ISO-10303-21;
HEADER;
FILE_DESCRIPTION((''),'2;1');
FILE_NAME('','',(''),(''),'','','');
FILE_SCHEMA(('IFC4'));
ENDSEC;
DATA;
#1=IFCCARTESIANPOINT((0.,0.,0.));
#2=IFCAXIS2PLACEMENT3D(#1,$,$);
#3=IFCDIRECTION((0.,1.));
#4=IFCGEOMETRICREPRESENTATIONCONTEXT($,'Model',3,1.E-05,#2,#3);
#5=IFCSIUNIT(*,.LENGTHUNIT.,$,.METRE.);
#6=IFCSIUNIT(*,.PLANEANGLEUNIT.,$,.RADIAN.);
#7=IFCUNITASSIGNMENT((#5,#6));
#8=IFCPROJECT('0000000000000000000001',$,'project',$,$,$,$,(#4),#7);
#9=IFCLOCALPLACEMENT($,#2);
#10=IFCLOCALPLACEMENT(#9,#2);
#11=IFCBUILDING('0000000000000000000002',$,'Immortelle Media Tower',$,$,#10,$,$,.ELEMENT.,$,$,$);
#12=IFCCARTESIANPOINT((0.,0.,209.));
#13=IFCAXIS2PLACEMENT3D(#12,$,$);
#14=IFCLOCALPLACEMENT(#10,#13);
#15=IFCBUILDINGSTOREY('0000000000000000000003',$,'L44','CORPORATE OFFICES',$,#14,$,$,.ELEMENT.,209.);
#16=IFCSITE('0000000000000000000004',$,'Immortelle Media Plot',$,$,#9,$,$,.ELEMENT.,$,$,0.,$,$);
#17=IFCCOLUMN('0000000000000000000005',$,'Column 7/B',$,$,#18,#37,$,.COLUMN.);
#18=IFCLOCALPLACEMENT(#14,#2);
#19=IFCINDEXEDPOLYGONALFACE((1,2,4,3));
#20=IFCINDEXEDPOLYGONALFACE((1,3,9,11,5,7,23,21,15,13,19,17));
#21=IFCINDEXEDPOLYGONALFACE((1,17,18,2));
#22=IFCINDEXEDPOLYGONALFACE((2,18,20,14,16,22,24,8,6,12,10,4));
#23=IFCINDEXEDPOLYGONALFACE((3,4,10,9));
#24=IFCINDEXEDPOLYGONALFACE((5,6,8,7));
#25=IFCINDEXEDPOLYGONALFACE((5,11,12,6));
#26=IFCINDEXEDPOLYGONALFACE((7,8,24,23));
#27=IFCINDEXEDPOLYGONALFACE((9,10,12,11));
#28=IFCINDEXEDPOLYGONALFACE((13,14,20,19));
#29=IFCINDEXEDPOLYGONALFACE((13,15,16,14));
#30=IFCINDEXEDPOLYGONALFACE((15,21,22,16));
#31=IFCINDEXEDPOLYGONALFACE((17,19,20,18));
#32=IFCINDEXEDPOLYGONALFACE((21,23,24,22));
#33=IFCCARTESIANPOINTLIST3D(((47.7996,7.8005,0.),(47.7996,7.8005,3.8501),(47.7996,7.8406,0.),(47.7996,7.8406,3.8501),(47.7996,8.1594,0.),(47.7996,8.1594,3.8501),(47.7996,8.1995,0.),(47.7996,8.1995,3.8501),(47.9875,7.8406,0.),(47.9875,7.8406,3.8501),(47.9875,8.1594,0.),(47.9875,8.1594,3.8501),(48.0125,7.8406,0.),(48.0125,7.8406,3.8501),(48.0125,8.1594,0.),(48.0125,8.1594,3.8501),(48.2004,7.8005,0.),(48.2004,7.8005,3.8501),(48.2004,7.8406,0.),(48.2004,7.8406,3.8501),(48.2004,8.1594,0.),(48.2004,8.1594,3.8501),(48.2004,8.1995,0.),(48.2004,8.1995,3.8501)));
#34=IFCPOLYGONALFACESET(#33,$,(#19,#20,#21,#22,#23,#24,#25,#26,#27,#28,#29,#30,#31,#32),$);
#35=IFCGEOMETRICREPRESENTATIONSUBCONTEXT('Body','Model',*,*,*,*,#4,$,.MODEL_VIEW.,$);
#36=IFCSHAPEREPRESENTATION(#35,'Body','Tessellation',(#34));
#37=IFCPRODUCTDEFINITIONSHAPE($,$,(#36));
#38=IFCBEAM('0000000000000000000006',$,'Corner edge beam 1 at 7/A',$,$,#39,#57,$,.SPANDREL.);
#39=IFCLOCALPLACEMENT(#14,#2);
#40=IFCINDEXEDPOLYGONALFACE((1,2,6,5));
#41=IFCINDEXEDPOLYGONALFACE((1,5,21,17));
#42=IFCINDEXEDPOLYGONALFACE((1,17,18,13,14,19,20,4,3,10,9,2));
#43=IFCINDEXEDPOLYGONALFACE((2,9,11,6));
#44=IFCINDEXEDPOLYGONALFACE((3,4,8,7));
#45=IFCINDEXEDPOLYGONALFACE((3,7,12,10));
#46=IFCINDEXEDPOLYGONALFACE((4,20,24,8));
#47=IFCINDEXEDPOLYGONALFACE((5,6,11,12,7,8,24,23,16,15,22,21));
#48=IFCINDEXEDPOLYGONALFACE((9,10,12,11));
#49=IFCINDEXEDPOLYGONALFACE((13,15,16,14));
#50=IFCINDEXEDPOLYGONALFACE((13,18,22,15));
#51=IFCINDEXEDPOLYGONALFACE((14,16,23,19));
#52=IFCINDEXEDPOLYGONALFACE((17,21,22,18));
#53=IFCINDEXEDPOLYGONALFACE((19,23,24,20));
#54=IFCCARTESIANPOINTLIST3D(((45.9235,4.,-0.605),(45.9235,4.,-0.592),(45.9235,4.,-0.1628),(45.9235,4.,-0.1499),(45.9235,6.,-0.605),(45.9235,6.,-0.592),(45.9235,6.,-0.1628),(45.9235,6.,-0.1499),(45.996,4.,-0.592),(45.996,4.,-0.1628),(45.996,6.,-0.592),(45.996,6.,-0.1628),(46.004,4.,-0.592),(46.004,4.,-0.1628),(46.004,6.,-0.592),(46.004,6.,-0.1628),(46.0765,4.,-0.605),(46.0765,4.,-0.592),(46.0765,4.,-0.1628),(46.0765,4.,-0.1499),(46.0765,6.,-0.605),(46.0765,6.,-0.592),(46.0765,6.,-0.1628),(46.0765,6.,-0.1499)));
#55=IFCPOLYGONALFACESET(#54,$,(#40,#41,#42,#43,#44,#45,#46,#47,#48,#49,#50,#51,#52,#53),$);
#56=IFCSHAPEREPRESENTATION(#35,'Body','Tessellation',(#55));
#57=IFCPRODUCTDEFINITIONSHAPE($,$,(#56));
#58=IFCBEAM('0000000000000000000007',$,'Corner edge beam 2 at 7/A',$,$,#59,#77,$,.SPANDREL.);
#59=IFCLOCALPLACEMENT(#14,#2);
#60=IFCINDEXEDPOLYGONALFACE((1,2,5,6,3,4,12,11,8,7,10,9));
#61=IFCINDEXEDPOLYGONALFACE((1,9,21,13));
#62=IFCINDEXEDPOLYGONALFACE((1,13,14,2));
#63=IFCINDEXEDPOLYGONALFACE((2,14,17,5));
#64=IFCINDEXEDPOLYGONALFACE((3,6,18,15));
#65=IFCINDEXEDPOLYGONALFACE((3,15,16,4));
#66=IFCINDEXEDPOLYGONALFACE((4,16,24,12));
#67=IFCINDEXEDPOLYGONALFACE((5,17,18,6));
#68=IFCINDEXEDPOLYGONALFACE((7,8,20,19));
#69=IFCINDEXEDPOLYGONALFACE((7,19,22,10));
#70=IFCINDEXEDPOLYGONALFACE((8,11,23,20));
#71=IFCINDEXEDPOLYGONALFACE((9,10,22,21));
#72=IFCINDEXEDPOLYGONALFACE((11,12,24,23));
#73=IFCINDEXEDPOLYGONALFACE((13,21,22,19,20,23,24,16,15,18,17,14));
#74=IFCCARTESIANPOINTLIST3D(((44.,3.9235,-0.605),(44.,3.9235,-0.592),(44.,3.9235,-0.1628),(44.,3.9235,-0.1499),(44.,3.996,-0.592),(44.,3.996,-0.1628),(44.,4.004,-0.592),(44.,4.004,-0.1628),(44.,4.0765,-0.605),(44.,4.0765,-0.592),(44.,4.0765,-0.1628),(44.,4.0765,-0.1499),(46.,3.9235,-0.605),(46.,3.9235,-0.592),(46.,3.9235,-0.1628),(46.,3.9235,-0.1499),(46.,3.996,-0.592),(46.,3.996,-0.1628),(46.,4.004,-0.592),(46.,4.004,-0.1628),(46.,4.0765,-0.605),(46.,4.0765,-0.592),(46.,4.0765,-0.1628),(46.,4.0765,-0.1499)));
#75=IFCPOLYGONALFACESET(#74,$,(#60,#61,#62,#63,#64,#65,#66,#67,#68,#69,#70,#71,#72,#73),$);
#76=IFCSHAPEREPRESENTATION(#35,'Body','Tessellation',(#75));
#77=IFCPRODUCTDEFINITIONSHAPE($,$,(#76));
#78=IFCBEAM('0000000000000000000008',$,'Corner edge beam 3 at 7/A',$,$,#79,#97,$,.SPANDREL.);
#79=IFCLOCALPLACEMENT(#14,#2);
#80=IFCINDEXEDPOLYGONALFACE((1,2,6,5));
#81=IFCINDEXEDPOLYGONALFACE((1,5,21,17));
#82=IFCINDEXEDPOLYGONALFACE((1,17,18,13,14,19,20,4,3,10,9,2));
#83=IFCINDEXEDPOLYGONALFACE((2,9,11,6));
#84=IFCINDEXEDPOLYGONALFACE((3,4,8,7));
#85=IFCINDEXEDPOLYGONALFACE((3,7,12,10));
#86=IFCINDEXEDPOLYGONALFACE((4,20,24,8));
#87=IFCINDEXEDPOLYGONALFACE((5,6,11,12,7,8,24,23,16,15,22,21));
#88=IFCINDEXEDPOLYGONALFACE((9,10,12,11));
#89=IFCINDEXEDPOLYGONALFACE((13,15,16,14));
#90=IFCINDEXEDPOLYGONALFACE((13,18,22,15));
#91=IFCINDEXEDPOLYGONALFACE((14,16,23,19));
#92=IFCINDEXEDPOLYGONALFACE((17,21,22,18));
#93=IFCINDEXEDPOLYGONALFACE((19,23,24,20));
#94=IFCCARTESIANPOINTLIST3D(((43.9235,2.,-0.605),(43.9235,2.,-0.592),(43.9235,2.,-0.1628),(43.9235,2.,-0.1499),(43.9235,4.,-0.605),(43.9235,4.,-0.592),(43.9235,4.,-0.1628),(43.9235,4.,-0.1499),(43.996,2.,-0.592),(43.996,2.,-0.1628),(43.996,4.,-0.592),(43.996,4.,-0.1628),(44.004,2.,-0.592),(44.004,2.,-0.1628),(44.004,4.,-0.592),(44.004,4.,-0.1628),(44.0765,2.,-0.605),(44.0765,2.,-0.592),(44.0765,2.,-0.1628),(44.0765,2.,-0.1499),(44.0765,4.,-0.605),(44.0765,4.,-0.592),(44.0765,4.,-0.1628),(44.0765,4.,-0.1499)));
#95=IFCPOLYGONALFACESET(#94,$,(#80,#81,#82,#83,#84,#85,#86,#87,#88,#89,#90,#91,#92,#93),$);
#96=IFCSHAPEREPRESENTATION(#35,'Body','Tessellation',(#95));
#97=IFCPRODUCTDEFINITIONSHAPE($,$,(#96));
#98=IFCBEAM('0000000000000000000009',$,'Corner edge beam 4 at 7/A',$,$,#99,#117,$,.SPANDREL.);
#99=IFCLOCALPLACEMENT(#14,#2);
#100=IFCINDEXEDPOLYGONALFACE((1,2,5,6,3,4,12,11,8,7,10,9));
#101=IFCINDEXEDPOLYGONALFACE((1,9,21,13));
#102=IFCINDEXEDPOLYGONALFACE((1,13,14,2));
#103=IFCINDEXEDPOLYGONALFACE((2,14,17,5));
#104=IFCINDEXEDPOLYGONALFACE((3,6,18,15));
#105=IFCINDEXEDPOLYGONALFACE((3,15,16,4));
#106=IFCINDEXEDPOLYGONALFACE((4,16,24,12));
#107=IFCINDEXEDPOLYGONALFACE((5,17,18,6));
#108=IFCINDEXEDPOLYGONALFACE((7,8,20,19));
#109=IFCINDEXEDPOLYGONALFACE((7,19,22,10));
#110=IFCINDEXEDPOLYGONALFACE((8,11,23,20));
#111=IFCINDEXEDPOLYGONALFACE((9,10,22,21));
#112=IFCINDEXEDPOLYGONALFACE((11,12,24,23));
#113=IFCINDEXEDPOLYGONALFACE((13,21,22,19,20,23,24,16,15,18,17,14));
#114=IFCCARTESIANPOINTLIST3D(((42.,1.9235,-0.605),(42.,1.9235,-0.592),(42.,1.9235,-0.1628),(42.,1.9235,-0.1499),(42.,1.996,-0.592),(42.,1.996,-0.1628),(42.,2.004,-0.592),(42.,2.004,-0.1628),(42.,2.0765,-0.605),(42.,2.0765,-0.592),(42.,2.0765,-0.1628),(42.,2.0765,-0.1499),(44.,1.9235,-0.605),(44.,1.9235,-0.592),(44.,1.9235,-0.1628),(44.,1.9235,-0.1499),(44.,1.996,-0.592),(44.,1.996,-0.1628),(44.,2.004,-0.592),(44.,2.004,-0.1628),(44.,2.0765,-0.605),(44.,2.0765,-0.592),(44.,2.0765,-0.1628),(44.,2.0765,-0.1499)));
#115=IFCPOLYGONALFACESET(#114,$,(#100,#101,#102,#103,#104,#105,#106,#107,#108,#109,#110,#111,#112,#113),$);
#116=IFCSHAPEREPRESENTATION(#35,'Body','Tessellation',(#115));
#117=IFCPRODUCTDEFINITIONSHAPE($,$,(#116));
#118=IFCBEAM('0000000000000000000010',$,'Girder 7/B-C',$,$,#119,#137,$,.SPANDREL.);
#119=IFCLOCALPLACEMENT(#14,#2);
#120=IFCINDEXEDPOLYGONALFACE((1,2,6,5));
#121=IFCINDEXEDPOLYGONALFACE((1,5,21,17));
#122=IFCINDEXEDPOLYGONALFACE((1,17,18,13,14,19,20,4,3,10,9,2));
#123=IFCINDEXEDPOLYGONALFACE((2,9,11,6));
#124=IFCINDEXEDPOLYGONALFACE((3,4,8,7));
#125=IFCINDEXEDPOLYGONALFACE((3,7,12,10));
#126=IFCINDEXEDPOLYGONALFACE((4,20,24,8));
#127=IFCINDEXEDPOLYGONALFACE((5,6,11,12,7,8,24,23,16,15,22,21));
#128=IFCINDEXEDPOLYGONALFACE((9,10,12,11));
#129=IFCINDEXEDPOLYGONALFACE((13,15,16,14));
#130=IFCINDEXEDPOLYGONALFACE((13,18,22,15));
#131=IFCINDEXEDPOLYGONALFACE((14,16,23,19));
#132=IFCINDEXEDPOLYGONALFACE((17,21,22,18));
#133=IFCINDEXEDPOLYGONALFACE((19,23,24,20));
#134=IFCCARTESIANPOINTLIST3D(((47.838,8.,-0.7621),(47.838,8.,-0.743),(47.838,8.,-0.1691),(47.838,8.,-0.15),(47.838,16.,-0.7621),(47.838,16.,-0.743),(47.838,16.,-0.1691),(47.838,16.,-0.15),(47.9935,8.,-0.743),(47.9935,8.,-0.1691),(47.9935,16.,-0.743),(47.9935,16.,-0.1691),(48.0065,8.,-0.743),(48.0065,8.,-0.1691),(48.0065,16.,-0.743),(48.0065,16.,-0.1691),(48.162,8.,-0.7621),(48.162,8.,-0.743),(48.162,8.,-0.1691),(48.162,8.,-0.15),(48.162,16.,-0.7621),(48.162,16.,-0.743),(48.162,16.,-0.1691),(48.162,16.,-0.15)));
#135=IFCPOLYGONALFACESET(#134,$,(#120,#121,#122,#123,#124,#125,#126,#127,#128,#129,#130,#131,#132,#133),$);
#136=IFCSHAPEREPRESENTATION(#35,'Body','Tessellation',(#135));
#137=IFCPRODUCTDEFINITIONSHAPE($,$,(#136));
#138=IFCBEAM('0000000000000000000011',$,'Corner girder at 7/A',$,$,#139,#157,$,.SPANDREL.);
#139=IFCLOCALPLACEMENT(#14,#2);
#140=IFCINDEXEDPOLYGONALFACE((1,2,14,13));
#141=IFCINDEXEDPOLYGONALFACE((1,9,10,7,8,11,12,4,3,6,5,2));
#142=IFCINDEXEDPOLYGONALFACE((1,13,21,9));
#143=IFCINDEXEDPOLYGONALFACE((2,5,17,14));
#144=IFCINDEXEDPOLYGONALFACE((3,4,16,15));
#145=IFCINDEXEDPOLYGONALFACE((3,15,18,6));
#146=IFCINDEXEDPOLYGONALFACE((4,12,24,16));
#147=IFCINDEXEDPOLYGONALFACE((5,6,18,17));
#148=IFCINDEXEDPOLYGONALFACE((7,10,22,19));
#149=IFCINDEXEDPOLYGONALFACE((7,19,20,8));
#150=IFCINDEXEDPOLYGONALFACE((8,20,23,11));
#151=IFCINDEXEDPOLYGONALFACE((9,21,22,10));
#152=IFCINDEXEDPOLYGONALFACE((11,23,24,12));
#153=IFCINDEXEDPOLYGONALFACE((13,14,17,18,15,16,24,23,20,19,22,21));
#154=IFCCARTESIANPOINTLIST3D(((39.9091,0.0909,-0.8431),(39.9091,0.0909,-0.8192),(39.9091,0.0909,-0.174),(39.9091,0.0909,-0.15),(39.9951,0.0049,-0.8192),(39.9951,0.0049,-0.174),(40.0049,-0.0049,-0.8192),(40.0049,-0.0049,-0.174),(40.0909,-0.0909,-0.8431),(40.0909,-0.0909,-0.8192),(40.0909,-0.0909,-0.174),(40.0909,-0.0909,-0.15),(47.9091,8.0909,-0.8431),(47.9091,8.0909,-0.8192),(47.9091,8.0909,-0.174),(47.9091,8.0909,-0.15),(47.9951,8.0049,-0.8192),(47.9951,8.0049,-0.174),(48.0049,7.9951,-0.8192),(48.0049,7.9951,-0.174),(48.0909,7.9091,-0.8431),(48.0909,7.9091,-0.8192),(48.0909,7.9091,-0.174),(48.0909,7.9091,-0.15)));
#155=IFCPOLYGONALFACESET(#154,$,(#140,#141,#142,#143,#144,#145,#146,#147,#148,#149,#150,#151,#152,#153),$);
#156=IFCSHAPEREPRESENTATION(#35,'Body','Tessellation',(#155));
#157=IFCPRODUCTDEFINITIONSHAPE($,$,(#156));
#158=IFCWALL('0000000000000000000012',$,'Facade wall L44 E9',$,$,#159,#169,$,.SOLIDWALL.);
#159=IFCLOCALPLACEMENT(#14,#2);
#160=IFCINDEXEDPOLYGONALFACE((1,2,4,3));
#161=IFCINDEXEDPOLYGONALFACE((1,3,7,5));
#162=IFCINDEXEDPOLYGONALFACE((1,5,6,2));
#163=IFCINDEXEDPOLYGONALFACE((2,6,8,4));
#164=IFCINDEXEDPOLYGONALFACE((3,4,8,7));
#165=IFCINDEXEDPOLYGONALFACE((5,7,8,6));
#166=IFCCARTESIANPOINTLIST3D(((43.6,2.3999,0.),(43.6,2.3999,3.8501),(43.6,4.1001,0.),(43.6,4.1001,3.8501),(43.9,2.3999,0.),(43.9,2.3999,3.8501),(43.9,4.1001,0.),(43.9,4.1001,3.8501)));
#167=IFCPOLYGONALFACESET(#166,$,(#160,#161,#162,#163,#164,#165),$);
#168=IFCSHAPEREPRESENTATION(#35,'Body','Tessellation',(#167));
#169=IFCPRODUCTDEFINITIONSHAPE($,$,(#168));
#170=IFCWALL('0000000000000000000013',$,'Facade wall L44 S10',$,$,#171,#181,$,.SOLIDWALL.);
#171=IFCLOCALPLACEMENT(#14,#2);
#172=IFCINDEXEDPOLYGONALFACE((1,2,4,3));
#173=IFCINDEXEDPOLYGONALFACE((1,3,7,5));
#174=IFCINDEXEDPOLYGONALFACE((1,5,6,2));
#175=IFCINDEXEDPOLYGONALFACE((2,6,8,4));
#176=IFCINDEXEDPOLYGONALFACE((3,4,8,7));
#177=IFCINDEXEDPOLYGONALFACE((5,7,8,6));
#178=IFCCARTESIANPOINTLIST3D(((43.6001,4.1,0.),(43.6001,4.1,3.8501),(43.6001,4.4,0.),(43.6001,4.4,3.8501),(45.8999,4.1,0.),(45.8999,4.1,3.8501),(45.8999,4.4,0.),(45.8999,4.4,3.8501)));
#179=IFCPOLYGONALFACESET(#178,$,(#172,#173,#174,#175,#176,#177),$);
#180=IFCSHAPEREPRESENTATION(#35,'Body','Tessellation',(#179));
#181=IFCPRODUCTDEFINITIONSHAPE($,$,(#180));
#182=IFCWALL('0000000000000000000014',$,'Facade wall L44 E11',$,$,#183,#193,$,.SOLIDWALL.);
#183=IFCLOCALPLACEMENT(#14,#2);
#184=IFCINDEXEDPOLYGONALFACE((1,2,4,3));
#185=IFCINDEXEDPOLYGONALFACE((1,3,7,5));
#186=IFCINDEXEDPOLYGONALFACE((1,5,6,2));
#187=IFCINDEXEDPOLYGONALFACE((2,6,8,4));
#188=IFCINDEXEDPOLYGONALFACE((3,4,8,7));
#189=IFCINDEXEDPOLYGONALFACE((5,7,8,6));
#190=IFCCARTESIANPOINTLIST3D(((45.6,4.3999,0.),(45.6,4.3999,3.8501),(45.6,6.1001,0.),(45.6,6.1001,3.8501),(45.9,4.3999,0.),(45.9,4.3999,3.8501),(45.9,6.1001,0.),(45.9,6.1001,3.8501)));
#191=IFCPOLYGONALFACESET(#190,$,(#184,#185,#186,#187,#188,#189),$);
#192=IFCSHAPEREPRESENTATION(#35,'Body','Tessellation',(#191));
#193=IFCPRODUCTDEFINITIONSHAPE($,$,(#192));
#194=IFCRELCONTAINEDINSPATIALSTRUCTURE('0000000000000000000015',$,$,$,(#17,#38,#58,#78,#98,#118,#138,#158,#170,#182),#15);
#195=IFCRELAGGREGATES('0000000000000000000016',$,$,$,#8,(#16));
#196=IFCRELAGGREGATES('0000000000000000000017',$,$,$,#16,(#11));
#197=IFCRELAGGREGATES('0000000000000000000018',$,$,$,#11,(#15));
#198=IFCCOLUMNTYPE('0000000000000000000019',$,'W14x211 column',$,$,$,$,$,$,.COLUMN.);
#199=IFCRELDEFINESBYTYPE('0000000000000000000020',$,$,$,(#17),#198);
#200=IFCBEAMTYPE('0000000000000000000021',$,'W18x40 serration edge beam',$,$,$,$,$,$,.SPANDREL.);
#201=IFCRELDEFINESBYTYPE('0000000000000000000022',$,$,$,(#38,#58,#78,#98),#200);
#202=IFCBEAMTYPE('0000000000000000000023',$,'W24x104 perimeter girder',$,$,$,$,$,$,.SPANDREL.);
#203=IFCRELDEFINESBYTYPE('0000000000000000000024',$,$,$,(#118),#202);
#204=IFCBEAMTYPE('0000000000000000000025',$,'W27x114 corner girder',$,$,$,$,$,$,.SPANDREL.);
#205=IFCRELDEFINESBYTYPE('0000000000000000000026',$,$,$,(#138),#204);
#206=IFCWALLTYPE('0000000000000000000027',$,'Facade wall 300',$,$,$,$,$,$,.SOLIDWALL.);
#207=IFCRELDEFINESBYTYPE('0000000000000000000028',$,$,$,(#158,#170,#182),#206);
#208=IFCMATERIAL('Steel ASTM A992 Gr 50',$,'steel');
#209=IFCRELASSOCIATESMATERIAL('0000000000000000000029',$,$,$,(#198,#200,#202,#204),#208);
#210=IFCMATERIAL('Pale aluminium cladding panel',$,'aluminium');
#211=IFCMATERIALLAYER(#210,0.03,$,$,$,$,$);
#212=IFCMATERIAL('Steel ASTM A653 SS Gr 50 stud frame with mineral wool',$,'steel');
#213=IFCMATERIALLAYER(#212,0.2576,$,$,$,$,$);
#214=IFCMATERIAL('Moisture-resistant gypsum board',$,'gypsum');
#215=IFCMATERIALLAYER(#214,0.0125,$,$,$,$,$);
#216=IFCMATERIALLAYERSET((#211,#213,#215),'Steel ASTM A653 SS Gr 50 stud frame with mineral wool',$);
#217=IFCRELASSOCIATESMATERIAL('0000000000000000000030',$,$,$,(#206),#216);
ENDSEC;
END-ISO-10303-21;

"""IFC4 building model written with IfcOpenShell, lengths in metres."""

from ifc_helpers import new_model, si_unit, direction, frame, frame_2d, origin, origin_2d, place, context, subcontext, project, spatial, rectangle, i_section, extrude, material, layer, layer_set, material_profile, profile_set, type_object, element, save


model = new_model("IFC4")

# Units and contexts
model_context = context("Model", 3, precision=1e-05, world=origin(), true_north=direction((0.0, 1.0)))
body_context = subcontext(model_context, "Body", "Model", "MODEL_VIEW")
ifc_project = project(units=[si_unit("LENGTHUNIT", "METRE"), si_unit("PLANEANGLEUNIT", "RADIAN")], contexts=[model_context])

# Site, building, storey
site_placement = place(None, origin())
site = spatial("IfcSite", under=ifc_project, at=site_placement, Name="Immortelle Media Plot", CompositionType="ELEMENT", RefElevation=0.0)
building_placement = place(site_placement, origin())
building = spatial("IfcBuilding", under=site, at=building_placement, Name="Immortelle Media Tower", CompositionType="ELEMENT")
storey_placement = place(building_placement, frame((0.0, 0.0, 209.0)))
storey = spatial("IfcBuildingStorey", under=building, at=storey_placement, Name="L44", Description="CORPORATE OFFICES", CompositionType="ELEMENT", Elevation=209.0)

# Column
ifc_material_1 = material(Name="Steel ASTM A992 Gr 50", Category="steel")
ifc_material_profile_1 = material_profile(ifc_material_1, i_section(OverallWidth=0.4009, OverallDepth=0.3989, WebThickness=0.0249, FlangeThickness=0.04, at=origin_2d()), Name="W14x211")
ifc_profile_set_1 = profile_set([ifc_material_profile_1], Name="Steel ASTM A992 Gr 50")
column_type = type_object("IfcColumnType", Name="W14x211 column", PredefinedType="COLUMN", material=ifc_profile_set_1)
column_placement = place(storey_placement, frame((48.0, 8.0, 0.0), z_axis=(0.0, 0.0, 1.0), x_axis=(1.0, 0.0, 0.0)))
element("IfcColumn", 1, at=column_placement, inside=storey, type_object=column_type, Name="Column 7/B", PredefinedType="COLUMN", context=body_context, shape_type="SweptSolid", body=[
    extrude(i_section(OverallWidth=0.4009, OverallDepth=0.3989, WebThickness=0.0249, FlangeThickness=0.04, at=origin_2d()), origin(), (0.0, 0.0, 1.0), 3.8501),
])

# Beams
ifc_material_profile_2 = material_profile(ifc_material_1, i_section(OverallWidth=0.1531, OverallDepth=0.4551, WebThickness=0.0081, FlangeThickness=0.0129, at=origin_2d()), Name="W18x40")
ifc_profile_set_2 = profile_set([ifc_material_profile_2], Name="Steel ASTM A992 Gr 50")
beam_type_1 = type_object("IfcBeamType", Name="W18x40 serration edge beam", PredefinedType="SPANDREL", material=ifc_profile_set_2)
for number, where, z_axis, x_axis, name in (
    (2, (46.0, 6.0, -0.3774), (0.0, -1.0, 0.0), (1.0, 0.0, 0.0), "Corner edge beam 1 at 7/A"),
    (3, (46.0, 4.0, -0.3774), (-1.0, 0.0, 0.0), (0.0, -1.0, 0.0), "Corner edge beam 2 at 7/A"),
    (4, (44.0, 4.0, -0.3774), (0.0, -1.0, 0.0), (1.0, 0.0, 0.0), "Corner edge beam 3 at 7/A"),
    (5, (44.0, 2.0, -0.3774), (-1.0, 0.0, 0.0), (0.0, -1.0, 0.0), "Corner edge beam 4 at 7/A"),
):
    element("IfcBeam", number, at=place(storey_placement, frame(where, z_axis=z_axis, x_axis=x_axis)), inside=storey, type_object=beam_type_1, Name=name, PredefinedType="SPANDREL", context=body_context, shape_type="SweptSolid", body=[
        extrude(i_section(OverallWidth=0.1531, OverallDepth=0.4551, WebThickness=0.0081, FlangeThickness=0.0129, at=origin_2d()), origin(), (0.0, 0.0, 1.0), 2.0),
    ])
ifc_material_profile_3 = material_profile(ifc_material_1, i_section(OverallWidth=0.324, OverallDepth=0.6121, WebThickness=0.0129, FlangeThickness=0.019, at=origin_2d()), Name="W24x104")
ifc_profile_set_3 = profile_set([ifc_material_profile_3], Name="Steel ASTM A992 Gr 50")
beam_type_2 = type_object("IfcBeamType", Name="W24x104 perimeter girder", PredefinedType="SPANDREL", material=ifc_profile_set_3)
beam_1_placement = place(storey_placement, frame((48.0, 8.0, -0.4561), z_axis=(0.0, 1.0, 0.0), x_axis=(-1.0, 0.0, 0.0)))
element("IfcBeam", 6, at=beam_1_placement, inside=storey, type_object=beam_type_2, Name="Girder 7/B-C", PredefinedType="SPANDREL", context=body_context, shape_type="SweptSolid", body=[
    extrude(i_section(OverallWidth=0.324, OverallDepth=0.6121, WebThickness=0.0129, FlangeThickness=0.019, at=origin_2d()), origin(), (0.0, 0.0, 1.0), 8.0),
])
ifc_material_profile_4 = material_profile(ifc_material_1, i_section(OverallWidth=0.2571, OverallDepth=0.6931, WebThickness=0.0139, FlangeThickness=0.0239, at=origin_2d()), Name="W27x114")
ifc_profile_set_4 = profile_set([ifc_material_profile_4], Name="Steel ASTM A992 Gr 50")
beam_type_3 = type_object("IfcBeamType", Name="W27x114 corner girder", PredefinedType="SPANDREL", material=ifc_profile_set_4)
beam_2_placement = place(storey_placement, frame((48.0, 8.0, -0.4966), z_axis=(-0.707107, -0.707107, 0.0), x_axis=(0.707107, -0.707107, 0.0)))
element("IfcBeam", 7, at=beam_2_placement, inside=storey, type_object=beam_type_3, Name="Corner girder at 7/A", PredefinedType="SPANDREL", context=body_context, shape_type="SweptSolid", body=[
    extrude(i_section(OverallWidth=0.2571, OverallDepth=0.6931, WebThickness=0.0139, FlangeThickness=0.0239, at=origin_2d()), origin(), (0.0, 0.0, 1.0), 11.3137),
])

# Walls
ifc_material_2 = material(Name="Pale aluminium cladding panel", Category="aluminium")
ifc_layer_1 = layer(ifc_material_2, 0.03)
ifc_material_3 = material(Name="Steel ASTM A653 SS Gr 50 stud frame with mineral wool", Category="steel")
ifc_layer_2 = layer(ifc_material_3, 0.2576)
ifc_material_4 = material(Name="Moisture-resistant gypsum board", Category="gypsum")
ifc_layer_3 = layer(ifc_material_4, 0.0125)
ifc_layer_set_1 = layer_set([ifc_layer_1, ifc_layer_2, ifc_layer_3], Name="Steel ASTM A653 SS Gr 50 stud frame with mineral wool")
wall_type_1 = type_object("IfcWallType", Name="Facade wall 300", PredefinedType="SOLIDWALL", material=ifc_layer_set_1)
wall_1_placement = place(storey_placement, frame((43.75, 2.3999, 0.0), z_axis=(0.0, 0.0, 1.0), x_axis=(0.0, 1.0, 0.0)))
element("IfcWall", 8, at=wall_1_placement, inside=storey, type_object=wall_type_1, Name="Facade wall L44 E9", PredefinedType="SOLIDWALL", context=body_context, shape_type="SweptSolid", body=[
    extrude(rectangle(XDim=1.7002, YDim=0.3, at=frame_2d((0.8501, 0.0))), origin(), (0.0, 0.0, 1.0), 3.8501),
])
wall_2_placement = place(storey_placement, frame((43.6001, 4.25, 0.0), z_axis=(0.0, 0.0, 1.0), x_axis=(1.0, 0.0, 0.0)))
element("IfcWall", 9, at=wall_2_placement, inside=storey, type_object=wall_type_1, Name="Facade wall L44 S10", PredefinedType="SOLIDWALL", context=body_context, shape_type="SweptSolid", body=[
    extrude(rectangle(XDim=2.2998, YDim=0.3, at=frame_2d((1.1499, 0.0))), origin(), (0.0, 0.0, 1.0), 3.8501),
])
wall_3_placement = place(storey_placement, frame((45.75, 4.3999, 0.0), z_axis=(0.0, 0.0, 1.0), x_axis=(0.0, 1.0, 0.0)))
element("IfcWall", 10, at=wall_3_placement, inside=storey, type_object=wall_type_1, Name="Facade wall L44 E11", PredefinedType="SOLIDWALL", context=body_context, shape_type="SweptSolid", body=[
    extrude(rectangle(XDim=1.7002, YDim=0.3, at=frame_2d((0.8501, 0.0))), origin(), (0.0, 0.0, 1.0), 3.8501),
])

save(model, "model.ifc")
